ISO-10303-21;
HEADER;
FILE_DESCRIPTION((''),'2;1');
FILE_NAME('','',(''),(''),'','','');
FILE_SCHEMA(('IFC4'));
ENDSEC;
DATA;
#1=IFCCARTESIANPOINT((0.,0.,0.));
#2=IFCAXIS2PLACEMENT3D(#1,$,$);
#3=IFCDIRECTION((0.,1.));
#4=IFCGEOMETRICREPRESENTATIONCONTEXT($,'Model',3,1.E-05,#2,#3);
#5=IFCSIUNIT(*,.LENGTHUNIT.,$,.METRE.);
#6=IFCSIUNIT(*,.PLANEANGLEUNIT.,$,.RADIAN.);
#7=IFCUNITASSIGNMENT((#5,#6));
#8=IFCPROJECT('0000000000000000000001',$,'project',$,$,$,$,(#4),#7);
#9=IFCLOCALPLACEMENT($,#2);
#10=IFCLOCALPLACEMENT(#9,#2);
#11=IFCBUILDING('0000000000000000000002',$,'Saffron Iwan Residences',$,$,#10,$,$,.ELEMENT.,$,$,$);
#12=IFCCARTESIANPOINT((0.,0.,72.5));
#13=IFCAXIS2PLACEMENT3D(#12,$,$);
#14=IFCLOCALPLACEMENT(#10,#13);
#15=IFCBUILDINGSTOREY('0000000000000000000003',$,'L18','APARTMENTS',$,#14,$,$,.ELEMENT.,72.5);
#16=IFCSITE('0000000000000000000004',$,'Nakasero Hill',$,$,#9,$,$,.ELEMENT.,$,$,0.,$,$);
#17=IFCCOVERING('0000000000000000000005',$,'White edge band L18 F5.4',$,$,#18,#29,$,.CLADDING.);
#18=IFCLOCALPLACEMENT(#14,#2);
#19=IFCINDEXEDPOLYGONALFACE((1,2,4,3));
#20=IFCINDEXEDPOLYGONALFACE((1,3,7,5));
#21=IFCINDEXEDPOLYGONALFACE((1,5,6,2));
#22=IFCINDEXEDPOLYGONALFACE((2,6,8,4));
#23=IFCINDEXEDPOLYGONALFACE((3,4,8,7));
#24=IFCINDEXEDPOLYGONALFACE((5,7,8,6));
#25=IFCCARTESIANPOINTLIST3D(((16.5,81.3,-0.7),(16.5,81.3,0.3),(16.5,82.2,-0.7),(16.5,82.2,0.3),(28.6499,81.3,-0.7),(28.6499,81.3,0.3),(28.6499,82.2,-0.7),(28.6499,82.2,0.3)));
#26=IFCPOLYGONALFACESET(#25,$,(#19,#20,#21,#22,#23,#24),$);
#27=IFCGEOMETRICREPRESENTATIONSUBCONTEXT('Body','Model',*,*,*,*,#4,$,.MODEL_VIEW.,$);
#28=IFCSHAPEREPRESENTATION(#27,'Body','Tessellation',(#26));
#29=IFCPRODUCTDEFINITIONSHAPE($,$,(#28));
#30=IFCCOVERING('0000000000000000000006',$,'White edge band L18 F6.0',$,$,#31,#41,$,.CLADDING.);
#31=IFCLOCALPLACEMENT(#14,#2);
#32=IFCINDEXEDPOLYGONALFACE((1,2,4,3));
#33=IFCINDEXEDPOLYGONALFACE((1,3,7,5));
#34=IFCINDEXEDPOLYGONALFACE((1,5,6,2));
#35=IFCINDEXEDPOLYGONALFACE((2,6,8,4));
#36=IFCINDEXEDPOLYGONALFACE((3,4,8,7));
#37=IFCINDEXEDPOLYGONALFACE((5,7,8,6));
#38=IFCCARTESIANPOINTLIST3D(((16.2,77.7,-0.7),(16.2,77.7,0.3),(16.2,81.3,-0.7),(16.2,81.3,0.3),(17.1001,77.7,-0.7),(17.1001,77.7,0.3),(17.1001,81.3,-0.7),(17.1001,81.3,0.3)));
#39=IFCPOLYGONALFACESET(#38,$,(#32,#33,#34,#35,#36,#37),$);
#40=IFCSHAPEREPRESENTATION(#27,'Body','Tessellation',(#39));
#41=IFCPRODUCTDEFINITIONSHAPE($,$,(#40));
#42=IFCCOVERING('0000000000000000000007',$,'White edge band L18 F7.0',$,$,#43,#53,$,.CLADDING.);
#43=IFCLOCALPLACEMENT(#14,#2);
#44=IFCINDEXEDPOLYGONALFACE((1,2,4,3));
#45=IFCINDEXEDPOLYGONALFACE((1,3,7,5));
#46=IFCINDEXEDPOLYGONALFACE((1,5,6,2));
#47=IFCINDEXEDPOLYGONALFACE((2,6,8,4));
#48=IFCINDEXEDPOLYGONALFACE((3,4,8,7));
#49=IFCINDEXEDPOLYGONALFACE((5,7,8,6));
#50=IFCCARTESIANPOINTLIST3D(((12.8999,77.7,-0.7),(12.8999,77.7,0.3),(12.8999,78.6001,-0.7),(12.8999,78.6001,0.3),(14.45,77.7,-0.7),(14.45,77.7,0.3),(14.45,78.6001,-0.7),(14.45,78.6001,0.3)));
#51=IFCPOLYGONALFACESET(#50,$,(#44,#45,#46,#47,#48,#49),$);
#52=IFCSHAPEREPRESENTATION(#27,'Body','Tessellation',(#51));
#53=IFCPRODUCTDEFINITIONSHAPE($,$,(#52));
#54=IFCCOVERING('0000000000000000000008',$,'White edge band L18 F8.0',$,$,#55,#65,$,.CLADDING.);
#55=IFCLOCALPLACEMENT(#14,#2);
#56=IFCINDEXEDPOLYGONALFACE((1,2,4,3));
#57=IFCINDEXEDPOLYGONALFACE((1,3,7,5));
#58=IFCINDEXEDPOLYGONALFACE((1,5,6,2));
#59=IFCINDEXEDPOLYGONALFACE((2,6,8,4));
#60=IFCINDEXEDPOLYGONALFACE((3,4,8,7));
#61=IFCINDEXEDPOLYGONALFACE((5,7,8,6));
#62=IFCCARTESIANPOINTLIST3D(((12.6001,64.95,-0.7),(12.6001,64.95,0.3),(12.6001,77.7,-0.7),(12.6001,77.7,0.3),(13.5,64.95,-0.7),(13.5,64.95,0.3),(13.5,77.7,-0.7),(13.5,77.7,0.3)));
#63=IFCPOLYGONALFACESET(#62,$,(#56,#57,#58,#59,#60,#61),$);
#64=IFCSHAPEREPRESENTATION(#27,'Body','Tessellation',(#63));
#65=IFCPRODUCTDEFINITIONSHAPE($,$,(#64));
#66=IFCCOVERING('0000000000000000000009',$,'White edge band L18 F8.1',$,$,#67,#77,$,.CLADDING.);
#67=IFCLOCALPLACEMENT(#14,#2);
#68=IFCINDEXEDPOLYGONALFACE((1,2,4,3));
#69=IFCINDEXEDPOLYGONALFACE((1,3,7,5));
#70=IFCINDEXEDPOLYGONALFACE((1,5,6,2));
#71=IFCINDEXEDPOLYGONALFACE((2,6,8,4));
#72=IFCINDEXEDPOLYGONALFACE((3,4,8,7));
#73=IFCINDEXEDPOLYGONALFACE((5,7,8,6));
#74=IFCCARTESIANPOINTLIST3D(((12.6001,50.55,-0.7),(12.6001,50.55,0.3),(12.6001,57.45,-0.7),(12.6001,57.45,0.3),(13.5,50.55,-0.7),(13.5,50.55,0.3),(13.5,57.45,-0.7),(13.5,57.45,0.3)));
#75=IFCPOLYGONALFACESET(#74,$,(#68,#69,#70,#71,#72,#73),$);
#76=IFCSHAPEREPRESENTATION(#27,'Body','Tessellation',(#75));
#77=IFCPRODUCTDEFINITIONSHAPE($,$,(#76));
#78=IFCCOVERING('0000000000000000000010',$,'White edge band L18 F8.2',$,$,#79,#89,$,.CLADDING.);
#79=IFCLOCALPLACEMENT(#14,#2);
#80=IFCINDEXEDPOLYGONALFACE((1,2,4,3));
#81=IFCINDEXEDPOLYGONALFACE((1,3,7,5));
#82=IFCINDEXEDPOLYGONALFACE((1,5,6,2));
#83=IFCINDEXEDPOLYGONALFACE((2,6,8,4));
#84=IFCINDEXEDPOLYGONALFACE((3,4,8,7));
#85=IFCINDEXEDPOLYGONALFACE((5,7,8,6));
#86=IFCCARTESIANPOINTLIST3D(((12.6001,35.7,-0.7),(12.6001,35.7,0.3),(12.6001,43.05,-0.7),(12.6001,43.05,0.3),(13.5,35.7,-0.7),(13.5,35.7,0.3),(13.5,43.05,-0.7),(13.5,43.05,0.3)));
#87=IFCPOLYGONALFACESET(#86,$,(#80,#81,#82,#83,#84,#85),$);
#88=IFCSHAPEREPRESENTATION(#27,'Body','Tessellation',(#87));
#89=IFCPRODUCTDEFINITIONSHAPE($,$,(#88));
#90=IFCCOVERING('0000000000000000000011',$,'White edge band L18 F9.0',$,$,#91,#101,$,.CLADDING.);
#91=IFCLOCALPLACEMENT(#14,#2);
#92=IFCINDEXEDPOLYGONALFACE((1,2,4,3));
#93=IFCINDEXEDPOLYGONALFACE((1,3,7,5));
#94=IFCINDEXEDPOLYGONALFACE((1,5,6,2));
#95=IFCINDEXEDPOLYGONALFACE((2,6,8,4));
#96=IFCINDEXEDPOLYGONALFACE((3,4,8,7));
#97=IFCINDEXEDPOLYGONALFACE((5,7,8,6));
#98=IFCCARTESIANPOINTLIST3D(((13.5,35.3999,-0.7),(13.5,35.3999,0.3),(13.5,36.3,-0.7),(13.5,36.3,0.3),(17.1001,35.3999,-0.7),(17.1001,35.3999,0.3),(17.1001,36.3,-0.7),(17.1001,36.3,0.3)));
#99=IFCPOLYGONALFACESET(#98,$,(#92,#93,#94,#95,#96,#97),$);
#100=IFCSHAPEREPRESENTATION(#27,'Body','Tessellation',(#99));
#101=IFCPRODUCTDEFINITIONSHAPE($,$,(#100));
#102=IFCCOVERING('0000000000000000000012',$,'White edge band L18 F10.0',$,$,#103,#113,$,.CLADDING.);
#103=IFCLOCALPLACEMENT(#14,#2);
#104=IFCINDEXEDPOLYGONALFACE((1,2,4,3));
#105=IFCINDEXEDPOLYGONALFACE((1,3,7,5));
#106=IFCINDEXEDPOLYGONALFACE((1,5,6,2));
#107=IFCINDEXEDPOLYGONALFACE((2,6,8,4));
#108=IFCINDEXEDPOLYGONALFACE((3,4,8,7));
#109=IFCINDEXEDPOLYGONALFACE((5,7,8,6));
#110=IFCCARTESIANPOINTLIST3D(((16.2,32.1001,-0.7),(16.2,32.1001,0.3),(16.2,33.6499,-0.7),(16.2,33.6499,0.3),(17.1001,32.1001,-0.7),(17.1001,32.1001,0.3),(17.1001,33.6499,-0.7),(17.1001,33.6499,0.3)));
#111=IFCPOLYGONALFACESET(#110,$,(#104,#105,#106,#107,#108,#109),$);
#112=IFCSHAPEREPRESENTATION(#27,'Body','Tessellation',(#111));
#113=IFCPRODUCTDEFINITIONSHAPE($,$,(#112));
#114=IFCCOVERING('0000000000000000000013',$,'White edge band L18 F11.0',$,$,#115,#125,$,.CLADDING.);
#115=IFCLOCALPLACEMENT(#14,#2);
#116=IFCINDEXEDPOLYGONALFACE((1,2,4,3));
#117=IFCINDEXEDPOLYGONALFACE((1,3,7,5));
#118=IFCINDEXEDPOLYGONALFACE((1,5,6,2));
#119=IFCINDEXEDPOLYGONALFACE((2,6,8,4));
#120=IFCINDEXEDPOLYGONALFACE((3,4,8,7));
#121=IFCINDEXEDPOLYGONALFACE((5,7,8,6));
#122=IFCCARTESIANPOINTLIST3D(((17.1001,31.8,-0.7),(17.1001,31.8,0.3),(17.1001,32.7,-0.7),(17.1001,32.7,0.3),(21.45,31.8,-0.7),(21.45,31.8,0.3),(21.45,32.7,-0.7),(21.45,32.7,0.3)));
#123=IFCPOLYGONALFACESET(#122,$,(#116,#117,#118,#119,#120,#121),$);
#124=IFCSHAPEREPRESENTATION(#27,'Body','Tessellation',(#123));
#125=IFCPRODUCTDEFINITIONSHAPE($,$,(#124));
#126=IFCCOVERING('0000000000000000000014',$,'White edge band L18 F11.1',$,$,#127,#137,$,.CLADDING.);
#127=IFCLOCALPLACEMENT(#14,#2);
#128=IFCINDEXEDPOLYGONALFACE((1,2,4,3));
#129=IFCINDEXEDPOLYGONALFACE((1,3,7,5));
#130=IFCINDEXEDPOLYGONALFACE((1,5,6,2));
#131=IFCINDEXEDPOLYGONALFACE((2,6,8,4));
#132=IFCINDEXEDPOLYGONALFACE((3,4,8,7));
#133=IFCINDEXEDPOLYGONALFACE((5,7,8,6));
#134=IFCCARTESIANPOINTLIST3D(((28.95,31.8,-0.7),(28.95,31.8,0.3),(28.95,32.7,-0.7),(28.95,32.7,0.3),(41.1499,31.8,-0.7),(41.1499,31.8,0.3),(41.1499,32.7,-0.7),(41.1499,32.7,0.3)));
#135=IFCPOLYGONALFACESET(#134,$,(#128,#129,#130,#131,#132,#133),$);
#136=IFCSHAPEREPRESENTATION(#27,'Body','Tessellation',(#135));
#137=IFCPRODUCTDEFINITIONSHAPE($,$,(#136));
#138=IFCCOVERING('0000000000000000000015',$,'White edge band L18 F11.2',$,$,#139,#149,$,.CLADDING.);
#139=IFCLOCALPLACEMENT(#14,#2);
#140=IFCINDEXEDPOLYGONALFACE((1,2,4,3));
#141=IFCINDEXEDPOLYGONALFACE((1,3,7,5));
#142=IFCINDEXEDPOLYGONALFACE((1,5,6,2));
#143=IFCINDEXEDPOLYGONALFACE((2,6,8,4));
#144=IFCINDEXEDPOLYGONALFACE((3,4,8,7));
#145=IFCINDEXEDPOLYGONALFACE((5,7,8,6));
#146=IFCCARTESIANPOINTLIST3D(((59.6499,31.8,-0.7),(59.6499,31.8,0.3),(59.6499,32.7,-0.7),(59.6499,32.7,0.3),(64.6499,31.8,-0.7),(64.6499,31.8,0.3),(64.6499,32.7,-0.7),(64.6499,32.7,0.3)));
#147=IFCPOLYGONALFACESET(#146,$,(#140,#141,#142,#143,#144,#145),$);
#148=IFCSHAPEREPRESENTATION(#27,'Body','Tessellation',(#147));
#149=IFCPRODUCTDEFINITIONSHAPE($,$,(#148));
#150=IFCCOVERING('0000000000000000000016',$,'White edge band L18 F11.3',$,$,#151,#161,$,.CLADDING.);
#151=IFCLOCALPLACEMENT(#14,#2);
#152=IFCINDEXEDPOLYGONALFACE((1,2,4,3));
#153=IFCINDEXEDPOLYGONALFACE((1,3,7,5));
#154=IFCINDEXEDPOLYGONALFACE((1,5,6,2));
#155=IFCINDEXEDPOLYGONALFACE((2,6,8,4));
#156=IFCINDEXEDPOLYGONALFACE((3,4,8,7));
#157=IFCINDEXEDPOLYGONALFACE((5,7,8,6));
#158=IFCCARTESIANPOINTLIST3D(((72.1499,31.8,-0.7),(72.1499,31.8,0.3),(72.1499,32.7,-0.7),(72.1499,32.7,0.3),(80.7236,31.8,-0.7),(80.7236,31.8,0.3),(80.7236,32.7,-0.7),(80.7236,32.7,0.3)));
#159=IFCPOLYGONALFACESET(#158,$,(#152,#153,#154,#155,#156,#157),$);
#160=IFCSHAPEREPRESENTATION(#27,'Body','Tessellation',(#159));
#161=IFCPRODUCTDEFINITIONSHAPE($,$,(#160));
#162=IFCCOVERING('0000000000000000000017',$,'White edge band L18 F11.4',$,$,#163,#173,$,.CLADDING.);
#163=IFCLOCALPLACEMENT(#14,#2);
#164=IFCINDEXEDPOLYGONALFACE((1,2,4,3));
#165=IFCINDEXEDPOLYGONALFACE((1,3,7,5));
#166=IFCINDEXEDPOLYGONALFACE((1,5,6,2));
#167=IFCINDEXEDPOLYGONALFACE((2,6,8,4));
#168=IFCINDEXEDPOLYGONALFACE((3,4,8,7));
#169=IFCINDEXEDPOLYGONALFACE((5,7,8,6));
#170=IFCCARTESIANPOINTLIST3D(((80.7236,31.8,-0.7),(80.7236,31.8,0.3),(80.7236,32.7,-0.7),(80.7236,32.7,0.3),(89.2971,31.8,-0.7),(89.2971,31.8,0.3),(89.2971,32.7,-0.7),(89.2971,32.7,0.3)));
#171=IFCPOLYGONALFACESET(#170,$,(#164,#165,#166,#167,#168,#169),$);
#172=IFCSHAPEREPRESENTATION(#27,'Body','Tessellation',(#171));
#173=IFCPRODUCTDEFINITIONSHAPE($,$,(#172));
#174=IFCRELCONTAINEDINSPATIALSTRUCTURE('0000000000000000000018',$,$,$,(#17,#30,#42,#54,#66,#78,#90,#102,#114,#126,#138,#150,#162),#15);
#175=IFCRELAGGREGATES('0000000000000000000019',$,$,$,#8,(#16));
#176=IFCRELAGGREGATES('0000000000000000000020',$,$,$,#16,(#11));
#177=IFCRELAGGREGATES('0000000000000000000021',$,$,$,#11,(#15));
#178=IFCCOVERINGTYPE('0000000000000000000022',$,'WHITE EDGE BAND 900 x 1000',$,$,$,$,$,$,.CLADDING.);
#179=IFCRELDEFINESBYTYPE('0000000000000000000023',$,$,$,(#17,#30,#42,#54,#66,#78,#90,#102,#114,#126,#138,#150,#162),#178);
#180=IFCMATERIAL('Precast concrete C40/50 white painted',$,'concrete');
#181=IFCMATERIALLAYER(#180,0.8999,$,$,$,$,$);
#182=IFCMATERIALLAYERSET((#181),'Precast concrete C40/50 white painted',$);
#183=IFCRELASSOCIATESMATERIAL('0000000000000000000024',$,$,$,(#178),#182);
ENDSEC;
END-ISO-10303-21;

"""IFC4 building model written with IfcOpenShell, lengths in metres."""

from ifc_helpers import new_model, si_unit, direction, frame, origin, place, context, subcontext, project, spatial, polyline, outline, extrude, material, layer, layer_set, type_object, element, save


model = new_model("IFC4")

# Units and contexts
model_context = context("Model", 3, precision=1e-05, world=origin(), true_north=direction((0.0, 1.0)))
body_context = subcontext(model_context, "Body", "Model", "MODEL_VIEW")
ifc_project = project(units=[si_unit("LENGTHUNIT", "METRE"), si_unit("PLANEANGLEUNIT", "RADIAN")], contexts=[model_context])

# Site, building, storey
site_placement = place(None, origin())
site = spatial("IfcSite", under=ifc_project, at=site_placement, Name="Nakasero Hill", CompositionType="ELEMENT", RefElevation=0.0)
building_placement = place(site_placement, origin())
building = spatial("IfcBuilding", under=site, at=building_placement, Name="Saffron Iwan Residences", CompositionType="ELEMENT")
storey_placement = place(building_placement, frame((0.0, 0.0, 72.5)))
storey = spatial("IfcBuildingStorey", under=building, at=storey_placement, Name="L18", Description="APARTMENTS", CompositionType="ELEMENT", Elevation=72.5)

# Coverings
ifc_material = material(Name="Precast concrete C40/50 white painted", Category="concrete")
ifc_layer_1 = layer(ifc_material, 0.8999)
ifc_layer_set_1 = layer_set([ifc_layer_1], Name="Precast concrete C40/50 white painted")
covering_type_1 = type_object("IfcCoveringType", Name="WHITE EDGE BAND 900 x 1000", PredefinedType="CLADDING", material=ifc_layer_set_1)
covering_1_placement = place(storey_placement, frame((0.0, 0.0, -0.7)))
element("IfcCovering", 1, at=covering_1_placement, inside=storey, type_object=covering_type_1, Name="White edge band L18 F5.4", PredefinedType="CLADDING", context=body_context, shape_type="SweptSolid", body=[
    extrude(outline(polyline([(28.6499, 82.2), (16.5, 82.2), (16.5, 81.3), (28.6499, 81.3), (28.6499, 82.2)])), origin(), (0.0, 0.0, 1.0), 1.0),
])
covering_2_placement = place(storey_placement, frame((0.0, 0.0, -0.7)))
element("IfcCovering", 2, at=covering_2_placement, inside=storey, type_object=covering_type_1, Name="White edge band L18 F6.0", PredefinedType="CLADDING", context=body_context, shape_type="SweptSolid", body=[
    extrude(outline(polyline([(16.2, 81.3), (16.2, 77.7), (17.1001, 77.7), (17.1001, 81.3), (16.2, 81.3)])), origin(), (0.0, 0.0, 1.0), 1.0),
])
covering_3_placement = place(storey_placement, frame((0.0, 0.0, -0.7)))
element("IfcCovering", 3, at=covering_3_placement, inside=storey, type_object=covering_type_1, Name="White edge band L18 F7.0", PredefinedType="CLADDING", context=body_context, shape_type="SweptSolid", body=[
    extrude(outline(polyline([(14.45, 78.6001), (12.8999, 78.6001), (12.8999, 77.7), (14.45, 77.7), (14.45, 78.6001)])), origin(), (0.0, 0.0, 1.0), 1.0),
])
covering_4_placement = place(storey_placement, frame((0.0, 0.0, -0.7)))
element("IfcCovering", 4, at=covering_4_placement, inside=storey, type_object=covering_type_1, Name="White edge band L18 F8.0", PredefinedType="CLADDING", context=body_context, shape_type="SweptSolid", body=[
    extrude(outline(polyline([(12.6001, 77.7), (12.6001, 64.95), (13.5, 64.95), (13.5, 77.7), (12.6001, 77.7)])), origin(), (0.0, 0.0, 1.0), 1.0),
])
covering_5_placement = place(storey_placement, frame((0.0, 0.0, -0.7)))
element("IfcCovering", 5, at=covering_5_placement, inside=storey, type_object=covering_type_1, Name="White edge band L18 F8.1", PredefinedType="CLADDING", context=body_context, shape_type="SweptSolid", body=[
    extrude(outline(polyline([(12.6001, 57.45), (12.6001, 50.55), (13.5, 50.55), (13.5, 57.45), (12.6001, 57.45)])), origin(), (0.0, 0.0, 1.0), 1.0),
])
covering_6_placement = place(storey_placement, frame((0.0, 0.0, -0.7)))
element("IfcCovering", 6, at=covering_6_placement, inside=storey, type_object=covering_type_1, Name="White edge band L18 F8.2", PredefinedType="CLADDING", context=body_context, shape_type="SweptSolid", body=[
    extrude(outline(polyline([(12.6001, 43.05), (12.6001, 35.7), (13.5, 35.7), (13.5, 43.05), (12.6001, 43.05)])), origin(), (0.0, 0.0, 1.0), 1.0),
])
covering_7_placement = place(storey_placement, frame((0.0, 0.0, -0.7)))
element("IfcCovering", 7, at=covering_7_placement, inside=storey, type_object=covering_type_1, Name="White edge band L18 F9.0", PredefinedType="CLADDING", context=body_context, shape_type="SweptSolid", body=[
    extrude(outline(polyline([(13.5, 35.3999), (17.1001, 35.3999), (17.1001, 36.3), (13.5, 36.3), (13.5, 35.3999)])), origin(), (0.0, 0.0, 1.0), 1.0),
])
covering_8_placement = place(storey_placement, frame((0.0, 0.0, -0.7)))
element("IfcCovering", 8, at=covering_8_placement, inside=storey, type_object=covering_type_1, Name="White edge band L18 F10.0", PredefinedType="CLADDING", context=body_context, shape_type="SweptSolid", body=[
    extrude(outline(polyline([(16.2, 33.6499), (16.2, 32.1001), (17.1001, 32.1001), (17.1001, 33.6499), (16.2, 33.6499)])), origin(), (0.0, 0.0, 1.0), 1.0),
])
covering_9_placement = place(storey_placement, frame((0.0, 0.0, -0.7)))
element("IfcCovering", 9, at=covering_9_placement, inside=storey, type_object=covering_type_1, Name="White edge band L18 F11.0", PredefinedType="CLADDING", context=body_context, shape_type="SweptSolid", body=[
    extrude(outline(polyline([(17.1001, 31.8), (21.45, 31.8), (21.45, 32.7), (17.1001, 32.7), (17.1001, 31.8)])), origin(), (0.0, 0.0, 1.0), 1.0),
])
covering_10_placement = place(storey_placement, frame((0.0, 0.0, -0.7)))
element("IfcCovering", 10, at=covering_10_placement, inside=storey, type_object=covering_type_1, Name="White edge band L18 F11.1", PredefinedType="CLADDING", context=body_context, shape_type="SweptSolid", body=[
    extrude(outline(polyline([(28.95, 31.8), (41.1499, 31.8), (41.1499, 32.7), (28.95, 32.7), (28.95, 31.8)])), origin(), (0.0, 0.0, 1.0), 1.0),
])
covering_11_placement = place(storey_placement, frame((0.0, 0.0, -0.7)))
element("IfcCovering", 11, at=covering_11_placement, inside=storey, type_object=covering_type_1, Name="White edge band L18 F11.2", PredefinedType="CLADDING", context=body_context, shape_type="SweptSolid", body=[
    extrude(outline(polyline([(59.6499, 31.8), (64.6499, 31.8), (64.6499, 32.7), (59.6499, 32.7), (59.6499, 31.8)])), origin(), (0.0, 0.0, 1.0), 1.0),
])
covering_12_placement = place(storey_placement, frame((0.0, 0.0, -0.7)))
element("IfcCovering", 12, at=covering_12_placement, inside=storey, type_object=covering_type_1, Name="White edge band L18 F11.3", PredefinedType="CLADDING", context=body_context, shape_type="SweptSolid", body=[
    extrude(outline(polyline([(72.1499, 31.8), (80.7236, 31.8), (80.7236, 32.7), (72.1499, 32.7), (72.1499, 31.8)])), origin(), (0.0, 0.0, 1.0), 1.0),
])
covering_13_placement = place(storey_placement, frame((0.0, 0.0, -0.7)))
element("IfcCovering", 13, at=covering_13_placement, inside=storey, type_object=covering_type_1, Name="White edge band L18 F11.4", PredefinedType="CLADDING", context=body_context, shape_type="SweptSolid", body=[
    extrude(outline(polyline([(80.7236, 31.8), (89.2971, 31.8), (89.2971, 32.7), (80.7236, 32.7), (80.7236, 31.8)])), origin(), (0.0, 0.0, 1.0), 1.0),
])

save(model, "model.ifc")
